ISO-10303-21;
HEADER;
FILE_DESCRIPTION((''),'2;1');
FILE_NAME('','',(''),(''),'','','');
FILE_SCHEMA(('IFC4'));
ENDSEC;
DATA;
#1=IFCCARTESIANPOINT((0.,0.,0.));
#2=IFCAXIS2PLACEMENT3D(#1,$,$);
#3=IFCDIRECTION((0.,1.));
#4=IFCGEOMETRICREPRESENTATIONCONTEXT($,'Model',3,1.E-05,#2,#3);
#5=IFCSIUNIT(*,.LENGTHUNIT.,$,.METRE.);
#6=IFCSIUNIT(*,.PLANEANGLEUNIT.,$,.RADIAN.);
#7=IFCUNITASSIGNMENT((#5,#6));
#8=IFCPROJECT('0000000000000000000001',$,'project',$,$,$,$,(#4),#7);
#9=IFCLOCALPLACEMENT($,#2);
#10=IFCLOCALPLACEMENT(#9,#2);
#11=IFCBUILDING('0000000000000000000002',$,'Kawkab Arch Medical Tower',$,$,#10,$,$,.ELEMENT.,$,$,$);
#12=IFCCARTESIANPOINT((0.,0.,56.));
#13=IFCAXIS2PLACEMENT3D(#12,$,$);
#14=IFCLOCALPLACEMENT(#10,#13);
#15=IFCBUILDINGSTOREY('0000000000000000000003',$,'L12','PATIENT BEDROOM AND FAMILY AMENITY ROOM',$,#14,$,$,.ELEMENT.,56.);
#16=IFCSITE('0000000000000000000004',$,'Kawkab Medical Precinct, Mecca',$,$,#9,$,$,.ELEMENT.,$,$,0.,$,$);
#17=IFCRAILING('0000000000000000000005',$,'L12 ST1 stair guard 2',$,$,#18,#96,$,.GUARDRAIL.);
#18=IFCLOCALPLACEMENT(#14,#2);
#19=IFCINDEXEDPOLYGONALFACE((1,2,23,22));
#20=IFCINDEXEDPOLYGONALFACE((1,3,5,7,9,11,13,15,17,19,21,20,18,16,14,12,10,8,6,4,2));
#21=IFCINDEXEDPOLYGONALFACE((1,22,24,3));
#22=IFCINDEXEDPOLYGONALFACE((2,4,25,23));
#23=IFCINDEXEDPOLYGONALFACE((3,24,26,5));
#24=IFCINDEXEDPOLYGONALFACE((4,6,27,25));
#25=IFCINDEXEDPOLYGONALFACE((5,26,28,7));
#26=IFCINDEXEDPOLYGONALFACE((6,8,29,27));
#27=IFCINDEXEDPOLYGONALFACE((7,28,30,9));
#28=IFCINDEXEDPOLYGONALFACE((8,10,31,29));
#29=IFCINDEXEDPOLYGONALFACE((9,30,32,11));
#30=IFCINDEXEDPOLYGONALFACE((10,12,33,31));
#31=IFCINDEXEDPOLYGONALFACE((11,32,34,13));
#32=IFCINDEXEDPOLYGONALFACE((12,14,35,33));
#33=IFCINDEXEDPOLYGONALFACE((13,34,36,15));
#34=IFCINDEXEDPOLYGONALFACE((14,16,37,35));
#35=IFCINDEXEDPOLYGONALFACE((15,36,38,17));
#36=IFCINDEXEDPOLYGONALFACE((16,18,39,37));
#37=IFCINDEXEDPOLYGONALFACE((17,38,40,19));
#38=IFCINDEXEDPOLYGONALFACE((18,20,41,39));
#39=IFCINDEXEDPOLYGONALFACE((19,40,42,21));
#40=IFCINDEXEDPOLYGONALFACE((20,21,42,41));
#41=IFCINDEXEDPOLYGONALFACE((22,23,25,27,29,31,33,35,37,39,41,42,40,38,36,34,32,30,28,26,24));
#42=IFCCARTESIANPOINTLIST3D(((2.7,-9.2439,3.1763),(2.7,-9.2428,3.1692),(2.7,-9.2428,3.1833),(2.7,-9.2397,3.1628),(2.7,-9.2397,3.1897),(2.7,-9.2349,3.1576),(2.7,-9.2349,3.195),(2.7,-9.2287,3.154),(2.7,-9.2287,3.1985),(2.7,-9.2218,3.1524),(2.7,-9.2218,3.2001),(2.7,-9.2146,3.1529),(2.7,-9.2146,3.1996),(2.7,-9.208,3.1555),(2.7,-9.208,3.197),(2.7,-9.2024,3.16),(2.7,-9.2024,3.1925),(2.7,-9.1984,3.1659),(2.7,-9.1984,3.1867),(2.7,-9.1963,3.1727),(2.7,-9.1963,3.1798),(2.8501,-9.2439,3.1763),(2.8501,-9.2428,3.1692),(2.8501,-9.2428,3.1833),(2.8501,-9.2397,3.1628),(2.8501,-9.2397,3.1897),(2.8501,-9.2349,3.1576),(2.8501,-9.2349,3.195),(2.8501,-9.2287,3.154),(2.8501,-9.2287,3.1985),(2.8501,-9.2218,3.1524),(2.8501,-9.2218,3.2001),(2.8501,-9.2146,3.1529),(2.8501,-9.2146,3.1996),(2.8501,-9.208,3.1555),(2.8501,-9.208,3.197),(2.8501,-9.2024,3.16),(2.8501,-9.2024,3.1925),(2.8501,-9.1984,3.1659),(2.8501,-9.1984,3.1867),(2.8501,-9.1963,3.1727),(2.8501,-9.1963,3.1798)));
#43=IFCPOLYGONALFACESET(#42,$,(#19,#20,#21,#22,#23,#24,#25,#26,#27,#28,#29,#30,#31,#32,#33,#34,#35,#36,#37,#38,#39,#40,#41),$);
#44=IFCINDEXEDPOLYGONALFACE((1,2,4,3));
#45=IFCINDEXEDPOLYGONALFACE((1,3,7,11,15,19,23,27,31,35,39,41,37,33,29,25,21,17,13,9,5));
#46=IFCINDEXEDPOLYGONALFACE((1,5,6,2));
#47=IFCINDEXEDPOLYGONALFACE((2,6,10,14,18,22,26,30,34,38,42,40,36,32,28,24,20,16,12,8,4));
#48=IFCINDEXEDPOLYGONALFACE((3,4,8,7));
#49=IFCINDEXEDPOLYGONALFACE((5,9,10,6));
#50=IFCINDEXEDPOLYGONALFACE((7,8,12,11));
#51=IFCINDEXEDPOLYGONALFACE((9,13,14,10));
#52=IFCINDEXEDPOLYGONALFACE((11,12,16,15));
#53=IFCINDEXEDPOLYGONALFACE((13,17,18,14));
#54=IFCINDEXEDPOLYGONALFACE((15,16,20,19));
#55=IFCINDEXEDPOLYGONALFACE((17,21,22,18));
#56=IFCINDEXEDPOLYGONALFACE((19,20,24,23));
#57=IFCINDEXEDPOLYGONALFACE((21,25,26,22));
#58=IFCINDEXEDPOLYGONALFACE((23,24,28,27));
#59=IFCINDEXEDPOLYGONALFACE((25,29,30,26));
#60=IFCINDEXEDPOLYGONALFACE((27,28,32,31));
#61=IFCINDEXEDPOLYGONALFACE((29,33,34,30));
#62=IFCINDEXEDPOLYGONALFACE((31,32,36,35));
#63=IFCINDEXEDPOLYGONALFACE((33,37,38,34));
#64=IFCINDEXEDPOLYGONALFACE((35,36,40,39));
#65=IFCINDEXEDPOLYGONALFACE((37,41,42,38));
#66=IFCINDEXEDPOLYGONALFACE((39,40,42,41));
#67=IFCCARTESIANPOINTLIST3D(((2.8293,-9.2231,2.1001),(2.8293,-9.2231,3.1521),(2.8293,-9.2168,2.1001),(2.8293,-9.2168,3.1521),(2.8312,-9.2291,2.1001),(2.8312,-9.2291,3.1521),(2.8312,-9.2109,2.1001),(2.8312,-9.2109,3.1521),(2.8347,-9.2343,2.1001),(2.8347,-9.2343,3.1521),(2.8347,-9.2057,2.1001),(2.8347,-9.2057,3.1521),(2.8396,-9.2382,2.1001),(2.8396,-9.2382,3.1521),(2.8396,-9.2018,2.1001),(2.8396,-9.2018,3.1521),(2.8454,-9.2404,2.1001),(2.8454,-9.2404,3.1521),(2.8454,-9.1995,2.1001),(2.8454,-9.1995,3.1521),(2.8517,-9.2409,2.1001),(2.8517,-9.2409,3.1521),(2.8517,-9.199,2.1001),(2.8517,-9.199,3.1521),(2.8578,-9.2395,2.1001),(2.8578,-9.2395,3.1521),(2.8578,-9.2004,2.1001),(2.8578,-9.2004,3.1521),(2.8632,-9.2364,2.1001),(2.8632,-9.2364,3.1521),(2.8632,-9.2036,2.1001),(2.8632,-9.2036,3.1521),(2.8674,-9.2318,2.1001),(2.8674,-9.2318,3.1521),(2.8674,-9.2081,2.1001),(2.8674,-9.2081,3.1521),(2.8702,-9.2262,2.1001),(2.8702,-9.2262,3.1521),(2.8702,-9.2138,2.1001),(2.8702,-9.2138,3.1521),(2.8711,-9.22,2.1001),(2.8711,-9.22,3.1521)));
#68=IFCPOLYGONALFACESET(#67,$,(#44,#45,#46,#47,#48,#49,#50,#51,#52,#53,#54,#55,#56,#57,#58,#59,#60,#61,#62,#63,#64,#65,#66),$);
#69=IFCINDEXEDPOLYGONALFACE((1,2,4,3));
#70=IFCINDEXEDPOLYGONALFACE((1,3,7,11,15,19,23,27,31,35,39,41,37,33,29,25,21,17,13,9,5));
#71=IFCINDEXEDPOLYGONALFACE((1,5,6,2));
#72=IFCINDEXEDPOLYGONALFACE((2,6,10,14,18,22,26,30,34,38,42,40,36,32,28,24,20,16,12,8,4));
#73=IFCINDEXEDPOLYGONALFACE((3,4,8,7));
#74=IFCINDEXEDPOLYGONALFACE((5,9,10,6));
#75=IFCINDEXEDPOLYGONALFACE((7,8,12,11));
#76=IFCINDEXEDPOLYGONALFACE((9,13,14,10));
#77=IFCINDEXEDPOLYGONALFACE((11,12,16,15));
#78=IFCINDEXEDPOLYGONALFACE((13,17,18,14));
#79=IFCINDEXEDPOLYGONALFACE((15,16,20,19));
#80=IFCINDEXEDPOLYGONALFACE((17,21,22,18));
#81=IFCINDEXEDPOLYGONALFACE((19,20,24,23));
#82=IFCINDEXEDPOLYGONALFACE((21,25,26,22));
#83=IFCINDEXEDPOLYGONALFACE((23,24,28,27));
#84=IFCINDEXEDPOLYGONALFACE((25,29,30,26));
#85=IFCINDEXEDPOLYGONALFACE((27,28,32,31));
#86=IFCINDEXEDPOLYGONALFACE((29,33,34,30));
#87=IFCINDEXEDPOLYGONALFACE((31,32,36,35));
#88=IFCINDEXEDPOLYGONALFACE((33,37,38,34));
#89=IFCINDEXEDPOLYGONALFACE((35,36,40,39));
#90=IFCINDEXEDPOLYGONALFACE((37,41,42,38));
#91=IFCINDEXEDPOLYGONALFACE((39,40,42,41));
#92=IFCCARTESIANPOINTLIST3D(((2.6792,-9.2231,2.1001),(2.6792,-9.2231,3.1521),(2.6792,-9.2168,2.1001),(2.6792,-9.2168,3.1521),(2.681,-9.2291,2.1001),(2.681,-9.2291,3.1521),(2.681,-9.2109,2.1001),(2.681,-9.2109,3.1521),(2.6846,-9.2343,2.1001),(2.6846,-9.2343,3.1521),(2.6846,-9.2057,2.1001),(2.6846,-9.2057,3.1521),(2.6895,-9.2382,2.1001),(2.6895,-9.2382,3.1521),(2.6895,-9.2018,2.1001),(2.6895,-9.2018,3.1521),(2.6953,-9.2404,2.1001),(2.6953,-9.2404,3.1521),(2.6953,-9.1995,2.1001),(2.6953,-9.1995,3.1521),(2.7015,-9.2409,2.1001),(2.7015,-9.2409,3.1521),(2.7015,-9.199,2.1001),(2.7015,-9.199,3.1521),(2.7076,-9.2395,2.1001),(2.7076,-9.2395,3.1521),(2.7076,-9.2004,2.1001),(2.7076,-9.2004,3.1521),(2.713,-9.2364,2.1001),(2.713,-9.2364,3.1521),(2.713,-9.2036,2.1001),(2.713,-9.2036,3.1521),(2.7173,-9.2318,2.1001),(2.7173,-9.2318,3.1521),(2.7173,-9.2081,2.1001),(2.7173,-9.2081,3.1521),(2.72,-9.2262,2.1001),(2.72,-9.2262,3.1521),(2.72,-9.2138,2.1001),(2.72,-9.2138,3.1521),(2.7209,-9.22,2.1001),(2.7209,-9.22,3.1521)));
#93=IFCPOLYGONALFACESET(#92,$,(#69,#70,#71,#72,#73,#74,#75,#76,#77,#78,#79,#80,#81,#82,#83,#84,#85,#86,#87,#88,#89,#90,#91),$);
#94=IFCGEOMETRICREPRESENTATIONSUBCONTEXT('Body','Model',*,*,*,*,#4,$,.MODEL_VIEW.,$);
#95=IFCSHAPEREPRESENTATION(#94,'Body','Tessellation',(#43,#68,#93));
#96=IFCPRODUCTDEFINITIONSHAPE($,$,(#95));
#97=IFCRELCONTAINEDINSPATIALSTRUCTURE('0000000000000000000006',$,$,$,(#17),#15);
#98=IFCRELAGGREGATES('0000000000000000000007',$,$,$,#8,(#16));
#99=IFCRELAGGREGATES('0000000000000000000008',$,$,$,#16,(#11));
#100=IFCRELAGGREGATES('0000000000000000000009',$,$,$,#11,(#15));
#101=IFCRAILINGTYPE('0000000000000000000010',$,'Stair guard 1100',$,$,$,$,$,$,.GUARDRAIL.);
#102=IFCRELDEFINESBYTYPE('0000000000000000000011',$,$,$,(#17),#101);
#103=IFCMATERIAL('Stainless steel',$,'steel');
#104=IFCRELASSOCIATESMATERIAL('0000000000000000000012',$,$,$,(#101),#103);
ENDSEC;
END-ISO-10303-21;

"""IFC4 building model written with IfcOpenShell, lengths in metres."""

from ifc_helpers import new_model, si_unit, direction, frame, origin, origin_2d, place, context, subcontext, project, spatial, circle, extrude, material, type_object, element, save


model = new_model("IFC4")

# Units and contexts
model_context = context("Model", 3, precision=1e-05, world=origin(), true_north=direction((0.0, 1.0)))
body_context = subcontext(model_context, "Body", "Model", "MODEL_VIEW")
ifc_project = project(units=[si_unit("LENGTHUNIT", "METRE"), si_unit("PLANEANGLEUNIT", "RADIAN")], contexts=[model_context])

# Site, building, storey
site_placement = place(None, origin())
site = spatial("IfcSite", under=ifc_project, at=site_placement, Name="Kawkab Medical Precinct, Mecca", CompositionType="ELEMENT", RefElevation=0.0)
building_placement = place(site_placement, origin())
building = spatial("IfcBuilding", under=site, at=building_placement, Name="Kawkab Arch Medical Tower", CompositionType="ELEMENT")
storey_placement = place(building_placement, frame((0.0, 0.0, 56.0)))
storey = spatial("IfcBuildingStorey", under=building, at=storey_placement, Name="L12", Description="PATIENT BEDROOM AND FAMILY AMENITY ROOM", CompositionType="ELEMENT", Elevation=56.0)

# Railing
ifc_material_1 = material(Name="Stainless steel", Category="steel")
railing_type_1 = type_object("IfcRailingType", Name="Stair guard 1100", PredefinedType="GUARDRAIL", material=ifc_material_1)
railing_1_placement = place(storey_placement, frame((2.8501, -9.22, 2.1001)))
element("IfcRailing", 1, at=railing_1_placement, inside=storey, type_object=railing_type_1, Name="L12 ST1 stair guard 2", PredefinedType="GUARDRAIL", context=body_context, shape_type="SweptSolid", body=[
    extrude(circle(Radius=0.0239, at=origin_2d()), frame((0.0, 0.0, 1.0762), z_axis=(-1.0, 0.0, 0.0), x_axis=(0.0, -1.0, 0.0)), (0.0, 0.0, 1.0), 0.1501),
    extrude(circle(Radius=0.021, at=origin_2d()), origin(), (0.0, 0.0, 1.0), 1.052),
    extrude(circle(Radius=0.021, at=origin_2d()), frame((-0.1501, 0.0, 0.0)), (0.0, 0.0, 1.0), 1.052),
])

save(model, "model.ifc")
